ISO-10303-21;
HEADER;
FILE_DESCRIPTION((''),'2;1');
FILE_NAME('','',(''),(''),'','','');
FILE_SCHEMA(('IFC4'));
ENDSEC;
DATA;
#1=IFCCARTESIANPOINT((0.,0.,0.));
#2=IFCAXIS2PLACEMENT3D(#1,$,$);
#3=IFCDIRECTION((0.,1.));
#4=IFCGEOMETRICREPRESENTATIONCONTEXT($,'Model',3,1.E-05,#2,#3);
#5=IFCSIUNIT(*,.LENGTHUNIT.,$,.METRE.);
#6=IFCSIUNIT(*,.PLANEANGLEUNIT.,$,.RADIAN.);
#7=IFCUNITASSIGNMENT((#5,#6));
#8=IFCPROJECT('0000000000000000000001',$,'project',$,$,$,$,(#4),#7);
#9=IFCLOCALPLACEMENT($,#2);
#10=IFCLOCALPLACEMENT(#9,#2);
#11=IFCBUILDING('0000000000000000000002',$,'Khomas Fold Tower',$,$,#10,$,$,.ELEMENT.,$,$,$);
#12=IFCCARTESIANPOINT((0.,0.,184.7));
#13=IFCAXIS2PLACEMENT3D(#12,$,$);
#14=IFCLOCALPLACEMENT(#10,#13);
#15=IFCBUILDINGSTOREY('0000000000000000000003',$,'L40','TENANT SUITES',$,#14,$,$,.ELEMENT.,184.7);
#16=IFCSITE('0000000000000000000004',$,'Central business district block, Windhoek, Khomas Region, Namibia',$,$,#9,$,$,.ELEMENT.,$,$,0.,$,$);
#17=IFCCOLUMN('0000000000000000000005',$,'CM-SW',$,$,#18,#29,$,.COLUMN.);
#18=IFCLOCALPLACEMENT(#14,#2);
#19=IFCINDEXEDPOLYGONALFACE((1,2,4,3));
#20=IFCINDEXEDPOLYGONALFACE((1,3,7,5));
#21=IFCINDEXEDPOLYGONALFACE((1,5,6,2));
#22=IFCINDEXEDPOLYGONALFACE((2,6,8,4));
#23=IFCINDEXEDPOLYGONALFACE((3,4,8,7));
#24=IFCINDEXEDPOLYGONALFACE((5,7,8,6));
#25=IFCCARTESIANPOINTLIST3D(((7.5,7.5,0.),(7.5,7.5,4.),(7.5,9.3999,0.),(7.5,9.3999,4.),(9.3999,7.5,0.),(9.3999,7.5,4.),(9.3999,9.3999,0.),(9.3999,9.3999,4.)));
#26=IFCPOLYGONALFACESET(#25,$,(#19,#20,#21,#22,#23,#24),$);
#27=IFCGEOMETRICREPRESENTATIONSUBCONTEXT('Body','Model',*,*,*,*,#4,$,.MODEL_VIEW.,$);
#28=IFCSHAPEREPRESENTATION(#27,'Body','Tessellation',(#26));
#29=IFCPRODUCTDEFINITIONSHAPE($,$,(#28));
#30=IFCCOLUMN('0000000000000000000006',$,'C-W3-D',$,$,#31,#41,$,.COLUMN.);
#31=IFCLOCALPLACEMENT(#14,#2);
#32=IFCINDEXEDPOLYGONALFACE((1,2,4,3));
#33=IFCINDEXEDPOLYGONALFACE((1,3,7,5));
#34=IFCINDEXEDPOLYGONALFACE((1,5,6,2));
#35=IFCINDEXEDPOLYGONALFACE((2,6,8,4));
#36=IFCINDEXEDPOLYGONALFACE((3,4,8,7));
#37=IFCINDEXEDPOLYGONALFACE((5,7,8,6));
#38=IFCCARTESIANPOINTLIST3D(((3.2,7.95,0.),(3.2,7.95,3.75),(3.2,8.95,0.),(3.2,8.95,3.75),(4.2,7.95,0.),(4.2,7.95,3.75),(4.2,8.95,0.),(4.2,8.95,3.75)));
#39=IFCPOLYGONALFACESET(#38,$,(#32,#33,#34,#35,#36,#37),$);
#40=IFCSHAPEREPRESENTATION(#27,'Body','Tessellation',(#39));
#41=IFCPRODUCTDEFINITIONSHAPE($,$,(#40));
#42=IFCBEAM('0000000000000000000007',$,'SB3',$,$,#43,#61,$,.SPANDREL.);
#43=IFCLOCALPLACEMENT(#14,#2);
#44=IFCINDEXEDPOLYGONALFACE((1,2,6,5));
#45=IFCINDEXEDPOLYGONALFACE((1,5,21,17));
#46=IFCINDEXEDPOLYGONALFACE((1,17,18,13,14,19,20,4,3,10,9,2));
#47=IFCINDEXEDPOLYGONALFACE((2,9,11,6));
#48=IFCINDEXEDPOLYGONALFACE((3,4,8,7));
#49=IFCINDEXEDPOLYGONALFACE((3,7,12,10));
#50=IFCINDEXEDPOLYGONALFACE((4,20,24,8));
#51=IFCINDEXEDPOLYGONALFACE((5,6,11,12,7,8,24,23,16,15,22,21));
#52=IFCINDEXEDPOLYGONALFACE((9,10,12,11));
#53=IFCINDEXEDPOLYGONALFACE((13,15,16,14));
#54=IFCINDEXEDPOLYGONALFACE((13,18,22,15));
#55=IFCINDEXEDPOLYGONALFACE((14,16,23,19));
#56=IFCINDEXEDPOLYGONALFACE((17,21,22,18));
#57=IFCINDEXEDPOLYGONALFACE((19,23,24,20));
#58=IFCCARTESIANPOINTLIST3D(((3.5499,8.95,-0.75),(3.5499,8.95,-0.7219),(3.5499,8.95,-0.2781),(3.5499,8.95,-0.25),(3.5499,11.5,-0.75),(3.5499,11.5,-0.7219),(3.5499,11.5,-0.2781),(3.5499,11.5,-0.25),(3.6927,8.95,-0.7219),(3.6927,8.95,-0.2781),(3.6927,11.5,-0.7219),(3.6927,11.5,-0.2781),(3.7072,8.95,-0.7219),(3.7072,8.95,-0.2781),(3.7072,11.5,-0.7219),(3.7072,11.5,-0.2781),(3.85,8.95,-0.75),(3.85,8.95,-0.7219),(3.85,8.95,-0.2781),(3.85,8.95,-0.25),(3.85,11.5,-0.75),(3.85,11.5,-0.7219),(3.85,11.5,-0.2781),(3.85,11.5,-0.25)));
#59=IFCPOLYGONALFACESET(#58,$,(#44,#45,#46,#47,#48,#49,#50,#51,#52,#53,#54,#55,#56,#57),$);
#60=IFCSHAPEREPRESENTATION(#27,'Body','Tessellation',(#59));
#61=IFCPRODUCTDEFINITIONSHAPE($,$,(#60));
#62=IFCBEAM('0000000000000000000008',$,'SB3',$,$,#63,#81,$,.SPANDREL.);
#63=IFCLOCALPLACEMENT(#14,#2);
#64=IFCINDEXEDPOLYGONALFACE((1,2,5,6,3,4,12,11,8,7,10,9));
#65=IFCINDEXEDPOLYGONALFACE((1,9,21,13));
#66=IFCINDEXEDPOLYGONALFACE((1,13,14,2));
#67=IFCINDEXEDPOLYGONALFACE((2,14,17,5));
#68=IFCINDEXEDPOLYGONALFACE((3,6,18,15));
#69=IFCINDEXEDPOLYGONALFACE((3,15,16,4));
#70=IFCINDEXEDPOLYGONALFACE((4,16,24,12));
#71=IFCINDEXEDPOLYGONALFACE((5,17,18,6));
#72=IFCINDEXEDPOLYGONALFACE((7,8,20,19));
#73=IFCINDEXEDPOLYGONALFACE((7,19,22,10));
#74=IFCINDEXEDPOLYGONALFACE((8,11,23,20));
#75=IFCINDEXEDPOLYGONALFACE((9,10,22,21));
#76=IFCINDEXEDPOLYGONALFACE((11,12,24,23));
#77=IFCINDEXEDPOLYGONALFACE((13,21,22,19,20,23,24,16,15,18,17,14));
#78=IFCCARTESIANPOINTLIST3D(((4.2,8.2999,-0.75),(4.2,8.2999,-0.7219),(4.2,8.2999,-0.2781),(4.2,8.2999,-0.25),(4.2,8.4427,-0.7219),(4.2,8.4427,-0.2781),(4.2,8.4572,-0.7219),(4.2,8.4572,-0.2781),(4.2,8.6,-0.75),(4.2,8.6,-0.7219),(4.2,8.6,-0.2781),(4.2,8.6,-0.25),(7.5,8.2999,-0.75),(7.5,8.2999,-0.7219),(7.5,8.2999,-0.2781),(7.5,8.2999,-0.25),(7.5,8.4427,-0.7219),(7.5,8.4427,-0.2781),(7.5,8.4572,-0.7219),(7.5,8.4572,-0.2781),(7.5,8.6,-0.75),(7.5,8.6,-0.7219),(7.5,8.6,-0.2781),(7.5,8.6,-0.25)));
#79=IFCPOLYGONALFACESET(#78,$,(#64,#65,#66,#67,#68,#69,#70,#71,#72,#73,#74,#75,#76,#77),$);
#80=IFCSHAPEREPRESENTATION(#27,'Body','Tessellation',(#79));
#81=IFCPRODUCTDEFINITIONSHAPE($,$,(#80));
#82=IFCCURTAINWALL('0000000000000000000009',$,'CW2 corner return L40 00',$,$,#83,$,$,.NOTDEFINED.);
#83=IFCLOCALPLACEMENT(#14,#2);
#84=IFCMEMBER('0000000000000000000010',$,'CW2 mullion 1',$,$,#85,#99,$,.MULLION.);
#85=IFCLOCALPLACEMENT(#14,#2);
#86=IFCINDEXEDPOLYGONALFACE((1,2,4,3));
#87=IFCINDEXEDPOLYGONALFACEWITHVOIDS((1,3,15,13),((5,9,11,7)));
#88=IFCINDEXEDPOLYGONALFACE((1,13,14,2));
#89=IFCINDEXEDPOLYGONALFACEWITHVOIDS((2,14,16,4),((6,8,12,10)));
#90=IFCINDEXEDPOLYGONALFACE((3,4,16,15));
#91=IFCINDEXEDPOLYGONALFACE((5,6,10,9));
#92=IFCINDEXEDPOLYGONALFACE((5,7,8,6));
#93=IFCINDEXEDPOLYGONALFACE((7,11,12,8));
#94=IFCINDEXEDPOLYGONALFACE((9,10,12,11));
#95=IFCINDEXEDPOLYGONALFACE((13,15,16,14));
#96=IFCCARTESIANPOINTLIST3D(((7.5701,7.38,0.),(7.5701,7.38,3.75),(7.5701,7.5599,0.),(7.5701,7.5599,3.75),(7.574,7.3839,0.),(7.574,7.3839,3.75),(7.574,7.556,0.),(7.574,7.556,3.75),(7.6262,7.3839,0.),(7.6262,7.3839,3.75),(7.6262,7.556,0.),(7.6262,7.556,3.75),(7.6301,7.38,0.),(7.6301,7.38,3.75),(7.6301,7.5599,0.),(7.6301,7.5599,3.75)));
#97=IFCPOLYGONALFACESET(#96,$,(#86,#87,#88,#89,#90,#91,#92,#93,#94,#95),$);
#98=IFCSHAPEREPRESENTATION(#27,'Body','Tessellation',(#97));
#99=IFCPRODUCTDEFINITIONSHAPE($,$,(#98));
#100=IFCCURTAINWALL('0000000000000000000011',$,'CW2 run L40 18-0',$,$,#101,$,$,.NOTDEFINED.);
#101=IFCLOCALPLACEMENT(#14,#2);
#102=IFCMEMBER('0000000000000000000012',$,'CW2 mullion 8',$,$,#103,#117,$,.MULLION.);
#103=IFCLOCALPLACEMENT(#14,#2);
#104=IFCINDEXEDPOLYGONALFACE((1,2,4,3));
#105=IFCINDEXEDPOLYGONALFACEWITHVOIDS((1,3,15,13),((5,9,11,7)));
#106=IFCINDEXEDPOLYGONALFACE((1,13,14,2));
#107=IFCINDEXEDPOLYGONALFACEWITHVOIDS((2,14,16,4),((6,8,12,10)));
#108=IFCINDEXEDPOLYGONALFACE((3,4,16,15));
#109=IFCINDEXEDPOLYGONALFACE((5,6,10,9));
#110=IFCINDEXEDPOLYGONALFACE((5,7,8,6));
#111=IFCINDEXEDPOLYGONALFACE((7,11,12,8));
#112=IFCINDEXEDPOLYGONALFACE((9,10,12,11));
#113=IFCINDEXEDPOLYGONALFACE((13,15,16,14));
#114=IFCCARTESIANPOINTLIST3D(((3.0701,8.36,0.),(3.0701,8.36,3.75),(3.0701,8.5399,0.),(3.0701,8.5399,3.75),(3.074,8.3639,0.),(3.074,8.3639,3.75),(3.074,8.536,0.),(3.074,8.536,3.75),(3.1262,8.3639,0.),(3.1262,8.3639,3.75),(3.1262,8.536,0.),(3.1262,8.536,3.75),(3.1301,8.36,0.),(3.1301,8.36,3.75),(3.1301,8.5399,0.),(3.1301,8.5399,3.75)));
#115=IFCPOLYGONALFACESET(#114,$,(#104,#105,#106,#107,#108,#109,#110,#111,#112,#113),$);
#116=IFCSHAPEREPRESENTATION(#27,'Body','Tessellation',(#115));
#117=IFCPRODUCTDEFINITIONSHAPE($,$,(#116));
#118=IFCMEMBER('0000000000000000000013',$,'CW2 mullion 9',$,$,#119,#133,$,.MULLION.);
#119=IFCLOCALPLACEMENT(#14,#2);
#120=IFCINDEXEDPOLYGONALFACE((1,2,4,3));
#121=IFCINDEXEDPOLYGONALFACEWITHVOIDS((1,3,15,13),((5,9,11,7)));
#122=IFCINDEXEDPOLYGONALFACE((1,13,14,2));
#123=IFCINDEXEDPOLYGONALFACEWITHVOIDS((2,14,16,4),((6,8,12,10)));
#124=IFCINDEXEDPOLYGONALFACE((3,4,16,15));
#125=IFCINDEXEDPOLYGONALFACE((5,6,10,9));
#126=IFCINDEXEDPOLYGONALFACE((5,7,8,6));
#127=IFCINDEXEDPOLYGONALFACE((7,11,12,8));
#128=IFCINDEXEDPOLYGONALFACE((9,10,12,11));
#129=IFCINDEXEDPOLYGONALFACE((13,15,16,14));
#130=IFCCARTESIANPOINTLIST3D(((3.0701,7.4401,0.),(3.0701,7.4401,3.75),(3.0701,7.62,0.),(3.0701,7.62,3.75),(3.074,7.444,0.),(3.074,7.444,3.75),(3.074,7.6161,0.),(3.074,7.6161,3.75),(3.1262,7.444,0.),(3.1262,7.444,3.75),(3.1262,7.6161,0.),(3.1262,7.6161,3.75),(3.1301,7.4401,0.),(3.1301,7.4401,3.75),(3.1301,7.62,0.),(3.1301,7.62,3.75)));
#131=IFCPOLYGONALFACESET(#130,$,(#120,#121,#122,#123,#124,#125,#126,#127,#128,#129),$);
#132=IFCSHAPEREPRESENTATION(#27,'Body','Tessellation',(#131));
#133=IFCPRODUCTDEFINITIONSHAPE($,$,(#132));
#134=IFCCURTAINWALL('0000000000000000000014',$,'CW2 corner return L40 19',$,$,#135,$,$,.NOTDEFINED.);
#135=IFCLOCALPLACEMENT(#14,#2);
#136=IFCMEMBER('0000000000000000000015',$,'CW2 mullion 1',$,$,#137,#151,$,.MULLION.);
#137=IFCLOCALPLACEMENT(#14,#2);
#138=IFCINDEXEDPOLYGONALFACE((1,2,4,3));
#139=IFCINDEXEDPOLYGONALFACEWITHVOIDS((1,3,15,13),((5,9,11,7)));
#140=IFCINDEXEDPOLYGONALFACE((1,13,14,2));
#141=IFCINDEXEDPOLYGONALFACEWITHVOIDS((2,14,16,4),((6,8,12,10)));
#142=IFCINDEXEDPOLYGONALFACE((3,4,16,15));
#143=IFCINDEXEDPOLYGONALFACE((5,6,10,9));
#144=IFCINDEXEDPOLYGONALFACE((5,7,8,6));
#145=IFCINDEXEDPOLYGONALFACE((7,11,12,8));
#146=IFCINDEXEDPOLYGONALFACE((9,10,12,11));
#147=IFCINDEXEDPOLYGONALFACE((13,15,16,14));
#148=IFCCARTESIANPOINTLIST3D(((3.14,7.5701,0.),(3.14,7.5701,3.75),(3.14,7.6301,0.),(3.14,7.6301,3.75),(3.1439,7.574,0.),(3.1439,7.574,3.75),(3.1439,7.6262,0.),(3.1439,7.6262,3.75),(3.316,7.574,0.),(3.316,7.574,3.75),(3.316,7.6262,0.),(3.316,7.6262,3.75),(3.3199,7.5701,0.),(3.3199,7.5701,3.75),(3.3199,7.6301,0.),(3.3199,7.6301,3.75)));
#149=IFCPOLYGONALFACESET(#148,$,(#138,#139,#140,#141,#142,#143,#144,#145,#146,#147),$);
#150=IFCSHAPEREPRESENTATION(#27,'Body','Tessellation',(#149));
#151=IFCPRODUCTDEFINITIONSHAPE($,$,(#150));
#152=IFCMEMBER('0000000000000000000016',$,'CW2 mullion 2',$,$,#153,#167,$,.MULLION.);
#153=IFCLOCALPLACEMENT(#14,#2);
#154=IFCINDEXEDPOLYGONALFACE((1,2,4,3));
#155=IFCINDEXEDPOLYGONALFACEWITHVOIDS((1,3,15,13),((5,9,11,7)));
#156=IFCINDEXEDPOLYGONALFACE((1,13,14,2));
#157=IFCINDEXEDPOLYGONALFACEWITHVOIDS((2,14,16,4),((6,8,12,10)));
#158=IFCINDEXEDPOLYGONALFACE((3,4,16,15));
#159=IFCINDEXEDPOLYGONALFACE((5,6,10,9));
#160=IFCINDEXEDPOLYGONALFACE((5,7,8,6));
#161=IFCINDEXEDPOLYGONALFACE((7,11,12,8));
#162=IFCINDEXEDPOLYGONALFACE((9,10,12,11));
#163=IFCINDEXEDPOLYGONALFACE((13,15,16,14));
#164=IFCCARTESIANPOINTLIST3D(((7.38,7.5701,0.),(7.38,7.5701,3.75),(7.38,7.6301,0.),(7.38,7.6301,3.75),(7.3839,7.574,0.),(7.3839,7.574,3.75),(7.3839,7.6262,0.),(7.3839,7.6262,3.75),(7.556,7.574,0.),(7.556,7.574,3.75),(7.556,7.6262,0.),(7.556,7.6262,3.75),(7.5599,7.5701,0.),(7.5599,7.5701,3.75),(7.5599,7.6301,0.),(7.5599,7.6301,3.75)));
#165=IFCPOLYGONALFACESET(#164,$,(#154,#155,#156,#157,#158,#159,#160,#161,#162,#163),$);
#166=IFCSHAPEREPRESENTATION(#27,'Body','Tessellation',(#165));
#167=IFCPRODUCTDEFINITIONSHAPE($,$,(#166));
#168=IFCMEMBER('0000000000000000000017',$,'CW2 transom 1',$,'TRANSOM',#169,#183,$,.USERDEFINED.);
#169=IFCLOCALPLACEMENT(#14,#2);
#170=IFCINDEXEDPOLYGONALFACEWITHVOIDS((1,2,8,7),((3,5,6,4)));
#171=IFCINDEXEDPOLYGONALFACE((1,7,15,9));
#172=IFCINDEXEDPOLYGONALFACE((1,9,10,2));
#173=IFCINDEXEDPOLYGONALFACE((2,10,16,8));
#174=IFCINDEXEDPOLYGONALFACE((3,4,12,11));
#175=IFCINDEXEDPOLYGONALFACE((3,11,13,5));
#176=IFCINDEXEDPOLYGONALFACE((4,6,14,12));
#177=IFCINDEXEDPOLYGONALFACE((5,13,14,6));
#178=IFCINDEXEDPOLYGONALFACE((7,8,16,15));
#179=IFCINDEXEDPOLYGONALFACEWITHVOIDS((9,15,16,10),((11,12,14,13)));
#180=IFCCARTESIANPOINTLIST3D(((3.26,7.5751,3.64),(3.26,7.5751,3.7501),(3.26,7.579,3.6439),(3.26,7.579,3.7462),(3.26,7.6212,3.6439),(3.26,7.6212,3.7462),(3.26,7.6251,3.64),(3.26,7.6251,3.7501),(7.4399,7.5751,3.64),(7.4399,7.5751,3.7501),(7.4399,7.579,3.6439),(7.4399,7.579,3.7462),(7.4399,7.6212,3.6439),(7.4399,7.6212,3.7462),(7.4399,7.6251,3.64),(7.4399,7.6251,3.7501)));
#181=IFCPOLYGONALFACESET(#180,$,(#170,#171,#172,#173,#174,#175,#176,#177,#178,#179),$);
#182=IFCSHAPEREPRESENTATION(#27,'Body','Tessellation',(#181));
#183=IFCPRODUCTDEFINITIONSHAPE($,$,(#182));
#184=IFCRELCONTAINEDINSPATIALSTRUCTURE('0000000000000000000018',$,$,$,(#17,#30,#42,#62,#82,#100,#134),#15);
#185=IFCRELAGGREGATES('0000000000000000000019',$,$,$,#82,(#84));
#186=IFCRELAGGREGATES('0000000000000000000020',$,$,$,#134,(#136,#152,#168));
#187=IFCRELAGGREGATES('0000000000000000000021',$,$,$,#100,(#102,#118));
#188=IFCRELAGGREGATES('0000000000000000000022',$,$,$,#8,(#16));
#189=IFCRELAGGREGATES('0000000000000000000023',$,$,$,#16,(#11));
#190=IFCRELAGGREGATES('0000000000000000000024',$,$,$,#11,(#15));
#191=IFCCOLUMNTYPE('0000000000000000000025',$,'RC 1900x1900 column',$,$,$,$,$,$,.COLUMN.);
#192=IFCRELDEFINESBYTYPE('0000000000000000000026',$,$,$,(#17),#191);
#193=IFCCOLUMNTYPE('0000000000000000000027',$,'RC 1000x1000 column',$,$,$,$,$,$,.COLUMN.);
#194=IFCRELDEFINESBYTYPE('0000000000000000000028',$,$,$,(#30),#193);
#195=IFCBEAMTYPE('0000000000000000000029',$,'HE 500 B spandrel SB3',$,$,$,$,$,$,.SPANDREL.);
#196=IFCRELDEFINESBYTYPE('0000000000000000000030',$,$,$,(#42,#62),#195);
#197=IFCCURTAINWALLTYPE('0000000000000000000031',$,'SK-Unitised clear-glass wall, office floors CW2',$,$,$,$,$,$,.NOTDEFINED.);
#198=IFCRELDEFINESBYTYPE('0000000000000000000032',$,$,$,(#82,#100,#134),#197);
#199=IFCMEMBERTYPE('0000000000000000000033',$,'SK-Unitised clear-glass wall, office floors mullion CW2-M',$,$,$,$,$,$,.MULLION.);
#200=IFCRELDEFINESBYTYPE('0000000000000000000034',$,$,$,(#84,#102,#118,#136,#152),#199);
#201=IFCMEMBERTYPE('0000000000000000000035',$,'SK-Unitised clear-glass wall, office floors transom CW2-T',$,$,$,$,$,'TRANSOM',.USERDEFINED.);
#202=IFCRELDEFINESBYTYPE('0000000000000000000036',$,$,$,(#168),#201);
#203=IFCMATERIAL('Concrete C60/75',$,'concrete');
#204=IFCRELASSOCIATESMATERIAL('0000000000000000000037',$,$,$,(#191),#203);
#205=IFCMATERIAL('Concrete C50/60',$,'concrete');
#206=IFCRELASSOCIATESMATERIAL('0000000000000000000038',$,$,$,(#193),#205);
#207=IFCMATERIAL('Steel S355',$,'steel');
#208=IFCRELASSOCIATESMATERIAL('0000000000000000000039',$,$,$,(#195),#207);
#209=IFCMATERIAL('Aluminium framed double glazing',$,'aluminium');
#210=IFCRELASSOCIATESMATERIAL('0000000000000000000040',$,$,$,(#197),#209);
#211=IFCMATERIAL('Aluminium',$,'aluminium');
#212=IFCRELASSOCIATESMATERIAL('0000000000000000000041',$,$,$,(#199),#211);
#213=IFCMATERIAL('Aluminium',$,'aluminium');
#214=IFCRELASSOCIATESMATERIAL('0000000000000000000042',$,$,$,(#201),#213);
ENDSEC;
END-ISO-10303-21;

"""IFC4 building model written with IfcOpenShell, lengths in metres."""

from ifc_helpers import new_model, si_unit, direction, frame, origin, origin_2d, place, context, subcontext, project, spatial, rectangle, hollow_rectangle, i_section, extrude, source, transform, mapped, material, material_profile, profile_set, type_object, element, aggregate, save


model = new_model("IFC4")

# Units and contexts
model_context = context("Model", 3, precision=1e-05, world=origin(), true_north=direction((0.0, 1.0)))
body_context = subcontext(model_context, "Body", "Model", "MODEL_VIEW")
ifc_project = project(units=[si_unit("LENGTHUNIT", "METRE"), si_unit("PLANEANGLEUNIT", "RADIAN")], contexts=[model_context])

# Site, building, storey
site_placement = place(None, origin())
site = spatial("IfcSite", under=ifc_project, at=site_placement, Name="Central business district block, Windhoek, Khomas Region, Namibia", CompositionType="ELEMENT", RefElevation=0.0)
building_placement = place(site_placement, origin())
building = spatial("IfcBuilding", under=site, at=building_placement, Name="Khomas Fold Tower", CompositionType="ELEMENT")
storey_placement = place(building_placement, frame((0.0, 0.0, 184.7)))
storey = spatial("IfcBuildingStorey", under=building, at=storey_placement, Name="L40", Description="TENANT SUITES", CompositionType="ELEMENT", Elevation=184.7)

# Columns
ifc_material_1 = material(Name="Concrete C60/75", Category="concrete")
ifc_material_profile_1 = material_profile(ifc_material_1, rectangle(XDim=1.8999, YDim=1.8999, at=origin_2d()), Name="RC 1900x1900")
ifc_profile_set_1 = profile_set([ifc_material_profile_1], Name="Concrete C60/75")
column_type_1 = type_object("IfcColumnType", Name="RC 1900x1900 column", PredefinedType="COLUMN", material=ifc_profile_set_1)
shared_shape_1 = source(origin(), body_context, "Body", "SweptSolid", [
    extrude(rectangle(XDim=1.8999, YDim=1.8999, at=origin_2d()), origin(), (0.0, 0.0, 1.0), 4.0),
])
column_1_placement = place(storey_placement, frame((8.45, 8.45, 0.0), z_axis=(0.0, 0.0, 1.0), x_axis=(1.0, 0.0, 0.0)))
element("IfcColumn", 1, at=column_1_placement, inside=storey, type_object=column_type_1, Name="CM-SW", PredefinedType="COLUMN", context=body_context, shape_type="MappedRepresentation", body=[
    mapped(shared_shape_1, transform((0.0, 0.0, 0.0))),
])
ifc_material_2 = material(Name="Concrete C50/60", Category="concrete")
ifc_material_profile_2 = material_profile(ifc_material_2, rectangle(XDim=1.0, YDim=1.0, at=origin_2d()), Name="RC 1000x1000")
ifc_profile_set_2 = profile_set([ifc_material_profile_2], Name="Concrete C50/60")
column_type_2 = type_object("IfcColumnType", Name="RC 1000x1000 column", PredefinedType="COLUMN", material=ifc_profile_set_2)
shared_shape_2 = source(origin(), body_context, "Body", "SweptSolid", [
    extrude(rectangle(XDim=1.0, YDim=1.0, at=origin_2d()), origin(), (0.0, 0.0, 1.0), 3.75),
])
column_2_placement = place(storey_placement, frame((3.7, 8.45, 0.0), z_axis=(0.0, 0.0, 1.0), x_axis=(1.0, 0.0, 0.0)))
element("IfcColumn", 2, at=column_2_placement, inside=storey, type_object=column_type_2, Name="C-W3-D", PredefinedType="COLUMN", context=body_context, shape_type="MappedRepresentation", body=[
    mapped(shared_shape_2, transform((0.0, 0.0, 0.0))),
])

# Beams
ifc_material_3 = material(Name="Steel S355", Category="steel")
ifc_material_profile_3 = material_profile(ifc_material_3, i_section(OverallWidth=0.3, OverallDepth=0.5, WebThickness=0.0144, FlangeThickness=0.0281, at=origin_2d()), Name="HE 500 B")
ifc_profile_set_3 = profile_set([ifc_material_profile_3], Name="Steel S355")
beam_type = type_object("IfcBeamType", Name="HE 500 B spandrel SB3", PredefinedType="SPANDREL", material=ifc_profile_set_3)
shared_shape_3 = source(origin(), body_context, "Body", "SweptSolid", [
    extrude(i_section(OverallWidth=0.3, OverallDepth=0.5, WebThickness=0.0144, FlangeThickness=0.0281, at=origin_2d()), origin(), (0.0, 0.0, 1.0), 2.55),
])
beam_1_placement = place(storey_placement, frame((3.7, 8.95, -0.5), z_axis=(0.0, 1.0, 0.0), x_axis=(-1.0, 0.0, 0.0)))
element("IfcBeam", 3, at=beam_1_placement, inside=storey, type_object=beam_type, Name="SB3", PredefinedType="SPANDREL", context=body_context, shape_type="MappedRepresentation", body=[
    mapped(shared_shape_3, transform((0.0, 0.0, 0.0))),
])
shared_shape_4 = source(origin(), body_context, "Body", "SweptSolid", [
    extrude(i_section(OverallWidth=0.3, OverallDepth=0.5, WebThickness=0.0144, FlangeThickness=0.0281, at=origin_2d()), origin(), (0.0, 0.0, 1.0), 3.3),
])
beam_2_placement = place(storey_placement, frame((4.2, 8.45, -0.5), z_axis=(1.0, 0.0, 0.0), x_axis=(0.0, 1.0, 0.0)))
element("IfcBeam", 4, at=beam_2_placement, inside=storey, type_object=beam_type, Name="SB3", PredefinedType="SPANDREL", context=body_context, shape_type="MappedRepresentation", body=[
    mapped(shared_shape_4, transform((0.0, 0.0, 0.0))),
])

# Curtain wall, member
ifc_material_4 = material(Name="Aluminium framed double glazing", Category="aluminium")
curtain_wall_type = type_object("IfcCurtainWallType", Name="SK-Unitised clear-glass wall, office floors CW2", PredefinedType="NOTDEFINED", material=ifc_material_4)
curtain_wall_1_placement = place(storey_placement, origin())
curtain_wall_1 = element("IfcCurtainWall", 5, at=curtain_wall_1_placement, inside=storey, type_object=curtain_wall_type, Name="CW2 corner return L40 00", PredefinedType="NOTDEFINED")
ifc_material_5 = material(Name="Aluminium", Category="aluminium")
ifc_material_profile_4 = material_profile(ifc_material_5, hollow_rectangle(XDim=0.0601, YDim=0.1799, WallThickness=0.0039, at=origin_2d()), Name="SK-Unitised clear-glass wall, office floors mullion CW2-M")
ifc_profile_set_4 = profile_set([ifc_material_profile_4], Name="Aluminium")
member_type_1 = type_object("IfcMemberType", Name="SK-Unitised clear-glass wall, office floors mullion CW2-M", PredefinedType="MULLION", material=ifc_profile_set_4)
shared_shape_5 = source(origin(), body_context, "Body", "SweptSolid", [
    extrude(hollow_rectangle(XDim=0.0601, YDim=0.1799, WallThickness=0.0039, at=origin_2d()), origin(), (0.0, 0.0, 1.0), 3.75),
])
member_1_placement = place(storey_placement, frame((7.6001, 7.47, 0.0), z_axis=(0.0, 0.0, 1.0), x_axis=(1.0, 0.0, 0.0)))
member_1 = element("IfcMember", 6, at=member_1_placement, type_object=member_type_1, Name="CW2 mullion 1", PredefinedType="MULLION", context=body_context, shape_type="MappedRepresentation", body=[
    mapped(shared_shape_5, transform((0.0, 0.0, 0.0))),
])
aggregate(curtain_wall_1, [member_1])

# Curtain walls, members
curtain_wall_2_placement = place(storey_placement, origin())
curtain_wall_2 = element("IfcCurtainWall", 7, at=curtain_wall_2_placement, inside=storey, type_object=curtain_wall_type, Name="CW2 run L40 18-0", PredefinedType="NOTDEFINED")
member_2_placement = place(storey_placement, frame((3.1001, 8.45, 0.0), z_axis=(0.0, 0.0, 1.0), x_axis=(1.0, 0.0, 0.0)))
member_2 = element("IfcMember", 8, at=member_2_placement, type_object=member_type_1, Name="CW2 mullion 8", PredefinedType="MULLION", context=body_context, shape_type="MappedRepresentation", body=[
    mapped(shared_shape_5, transform((0.0, 0.0, 0.0))),
])
member_3_placement = place(storey_placement, frame((3.1001, 7.53, 0.0), z_axis=(0.0, 0.0, 1.0), x_axis=(1.0, 0.0, 0.0)))
member_3 = element("IfcMember", 9, at=member_3_placement, type_object=member_type_1, Name="CW2 mullion 9", PredefinedType="MULLION", context=body_context, shape_type="MappedRepresentation", body=[
    mapped(shared_shape_5, transform((0.0, 0.0, 0.0))),
])
curtain_wall_3_placement = place(storey_placement, origin())
curtain_wall_3 = element("IfcCurtainWall", 10, at=curtain_wall_3_placement, inside=storey, type_object=curtain_wall_type, Name="CW2 corner return L40 19", PredefinedType="NOTDEFINED")
member_4_placement = place(storey_placement, frame((3.23, 7.6001, 0.0), z_axis=(0.0, 0.0, 1.0), x_axis=(0.0, 1.0, 0.0)))
member_4 = element("IfcMember", 11, at=member_4_placement, type_object=member_type_1, Name="CW2 mullion 1", PredefinedType="MULLION", context=body_context, shape_type="MappedRepresentation", body=[
    mapped(shared_shape_5, transform((0.0, 0.0, 0.0))),
])
member_5_placement = place(storey_placement, frame((7.47, 7.6001, 0.0), z_axis=(0.0, 0.0, 1.0), x_axis=(0.0, 1.0, 0.0)))
member_5 = element("IfcMember", 12, at=member_5_placement, type_object=member_type_1, Name="CW2 mullion 2", PredefinedType="MULLION", context=body_context, shape_type="MappedRepresentation", body=[
    mapped(shared_shape_5, transform((0.0, 0.0, 0.0))),
])
ifc_material_6 = material(Name="Aluminium", Category="aluminium")
ifc_material_profile_5 = material_profile(ifc_material_6, hollow_rectangle(XDim=0.05, YDim=0.1101, WallThickness=0.0039, at=origin_2d()), Name="SK-Unitised clear-glass wall, office floors transom CW2-T")
ifc_profile_set_5 = profile_set([ifc_material_profile_5], Name="Aluminium")
member_type_2 = type_object("IfcMemberType", Name="SK-Unitised clear-glass wall, office floors transom CW2-T", ElementType="TRANSOM", PredefinedType="USERDEFINED", material=ifc_profile_set_5)
shared_shape_6 = source(origin(), body_context, "Body", "SweptSolid", [
    extrude(hollow_rectangle(XDim=0.05, YDim=0.1101, WallThickness=0.0039, at=origin_2d()), origin(), (0.0, 0.0, 1.0), 4.1799),
])
member_6_placement = place(storey_placement, frame((3.26, 7.6001, 3.6951), z_axis=(1.0, 0.0, 0.0), x_axis=(0.0, 1.0, 0.0)))
member_6 = element("IfcMember", 13, at=member_6_placement, type_object=member_type_2, Name="CW2 transom 1", ObjectType="TRANSOM", PredefinedType="USERDEFINED", context=body_context, shape_type="MappedRepresentation", body=[
    mapped(shared_shape_6, transform((0.0, 0.0, 0.0))),
])

aggregate(curtain_wall_3, [member_4, member_5, member_6])
aggregate(curtain_wall_2, [member_2, member_3])

save(model, "model.ifc")
